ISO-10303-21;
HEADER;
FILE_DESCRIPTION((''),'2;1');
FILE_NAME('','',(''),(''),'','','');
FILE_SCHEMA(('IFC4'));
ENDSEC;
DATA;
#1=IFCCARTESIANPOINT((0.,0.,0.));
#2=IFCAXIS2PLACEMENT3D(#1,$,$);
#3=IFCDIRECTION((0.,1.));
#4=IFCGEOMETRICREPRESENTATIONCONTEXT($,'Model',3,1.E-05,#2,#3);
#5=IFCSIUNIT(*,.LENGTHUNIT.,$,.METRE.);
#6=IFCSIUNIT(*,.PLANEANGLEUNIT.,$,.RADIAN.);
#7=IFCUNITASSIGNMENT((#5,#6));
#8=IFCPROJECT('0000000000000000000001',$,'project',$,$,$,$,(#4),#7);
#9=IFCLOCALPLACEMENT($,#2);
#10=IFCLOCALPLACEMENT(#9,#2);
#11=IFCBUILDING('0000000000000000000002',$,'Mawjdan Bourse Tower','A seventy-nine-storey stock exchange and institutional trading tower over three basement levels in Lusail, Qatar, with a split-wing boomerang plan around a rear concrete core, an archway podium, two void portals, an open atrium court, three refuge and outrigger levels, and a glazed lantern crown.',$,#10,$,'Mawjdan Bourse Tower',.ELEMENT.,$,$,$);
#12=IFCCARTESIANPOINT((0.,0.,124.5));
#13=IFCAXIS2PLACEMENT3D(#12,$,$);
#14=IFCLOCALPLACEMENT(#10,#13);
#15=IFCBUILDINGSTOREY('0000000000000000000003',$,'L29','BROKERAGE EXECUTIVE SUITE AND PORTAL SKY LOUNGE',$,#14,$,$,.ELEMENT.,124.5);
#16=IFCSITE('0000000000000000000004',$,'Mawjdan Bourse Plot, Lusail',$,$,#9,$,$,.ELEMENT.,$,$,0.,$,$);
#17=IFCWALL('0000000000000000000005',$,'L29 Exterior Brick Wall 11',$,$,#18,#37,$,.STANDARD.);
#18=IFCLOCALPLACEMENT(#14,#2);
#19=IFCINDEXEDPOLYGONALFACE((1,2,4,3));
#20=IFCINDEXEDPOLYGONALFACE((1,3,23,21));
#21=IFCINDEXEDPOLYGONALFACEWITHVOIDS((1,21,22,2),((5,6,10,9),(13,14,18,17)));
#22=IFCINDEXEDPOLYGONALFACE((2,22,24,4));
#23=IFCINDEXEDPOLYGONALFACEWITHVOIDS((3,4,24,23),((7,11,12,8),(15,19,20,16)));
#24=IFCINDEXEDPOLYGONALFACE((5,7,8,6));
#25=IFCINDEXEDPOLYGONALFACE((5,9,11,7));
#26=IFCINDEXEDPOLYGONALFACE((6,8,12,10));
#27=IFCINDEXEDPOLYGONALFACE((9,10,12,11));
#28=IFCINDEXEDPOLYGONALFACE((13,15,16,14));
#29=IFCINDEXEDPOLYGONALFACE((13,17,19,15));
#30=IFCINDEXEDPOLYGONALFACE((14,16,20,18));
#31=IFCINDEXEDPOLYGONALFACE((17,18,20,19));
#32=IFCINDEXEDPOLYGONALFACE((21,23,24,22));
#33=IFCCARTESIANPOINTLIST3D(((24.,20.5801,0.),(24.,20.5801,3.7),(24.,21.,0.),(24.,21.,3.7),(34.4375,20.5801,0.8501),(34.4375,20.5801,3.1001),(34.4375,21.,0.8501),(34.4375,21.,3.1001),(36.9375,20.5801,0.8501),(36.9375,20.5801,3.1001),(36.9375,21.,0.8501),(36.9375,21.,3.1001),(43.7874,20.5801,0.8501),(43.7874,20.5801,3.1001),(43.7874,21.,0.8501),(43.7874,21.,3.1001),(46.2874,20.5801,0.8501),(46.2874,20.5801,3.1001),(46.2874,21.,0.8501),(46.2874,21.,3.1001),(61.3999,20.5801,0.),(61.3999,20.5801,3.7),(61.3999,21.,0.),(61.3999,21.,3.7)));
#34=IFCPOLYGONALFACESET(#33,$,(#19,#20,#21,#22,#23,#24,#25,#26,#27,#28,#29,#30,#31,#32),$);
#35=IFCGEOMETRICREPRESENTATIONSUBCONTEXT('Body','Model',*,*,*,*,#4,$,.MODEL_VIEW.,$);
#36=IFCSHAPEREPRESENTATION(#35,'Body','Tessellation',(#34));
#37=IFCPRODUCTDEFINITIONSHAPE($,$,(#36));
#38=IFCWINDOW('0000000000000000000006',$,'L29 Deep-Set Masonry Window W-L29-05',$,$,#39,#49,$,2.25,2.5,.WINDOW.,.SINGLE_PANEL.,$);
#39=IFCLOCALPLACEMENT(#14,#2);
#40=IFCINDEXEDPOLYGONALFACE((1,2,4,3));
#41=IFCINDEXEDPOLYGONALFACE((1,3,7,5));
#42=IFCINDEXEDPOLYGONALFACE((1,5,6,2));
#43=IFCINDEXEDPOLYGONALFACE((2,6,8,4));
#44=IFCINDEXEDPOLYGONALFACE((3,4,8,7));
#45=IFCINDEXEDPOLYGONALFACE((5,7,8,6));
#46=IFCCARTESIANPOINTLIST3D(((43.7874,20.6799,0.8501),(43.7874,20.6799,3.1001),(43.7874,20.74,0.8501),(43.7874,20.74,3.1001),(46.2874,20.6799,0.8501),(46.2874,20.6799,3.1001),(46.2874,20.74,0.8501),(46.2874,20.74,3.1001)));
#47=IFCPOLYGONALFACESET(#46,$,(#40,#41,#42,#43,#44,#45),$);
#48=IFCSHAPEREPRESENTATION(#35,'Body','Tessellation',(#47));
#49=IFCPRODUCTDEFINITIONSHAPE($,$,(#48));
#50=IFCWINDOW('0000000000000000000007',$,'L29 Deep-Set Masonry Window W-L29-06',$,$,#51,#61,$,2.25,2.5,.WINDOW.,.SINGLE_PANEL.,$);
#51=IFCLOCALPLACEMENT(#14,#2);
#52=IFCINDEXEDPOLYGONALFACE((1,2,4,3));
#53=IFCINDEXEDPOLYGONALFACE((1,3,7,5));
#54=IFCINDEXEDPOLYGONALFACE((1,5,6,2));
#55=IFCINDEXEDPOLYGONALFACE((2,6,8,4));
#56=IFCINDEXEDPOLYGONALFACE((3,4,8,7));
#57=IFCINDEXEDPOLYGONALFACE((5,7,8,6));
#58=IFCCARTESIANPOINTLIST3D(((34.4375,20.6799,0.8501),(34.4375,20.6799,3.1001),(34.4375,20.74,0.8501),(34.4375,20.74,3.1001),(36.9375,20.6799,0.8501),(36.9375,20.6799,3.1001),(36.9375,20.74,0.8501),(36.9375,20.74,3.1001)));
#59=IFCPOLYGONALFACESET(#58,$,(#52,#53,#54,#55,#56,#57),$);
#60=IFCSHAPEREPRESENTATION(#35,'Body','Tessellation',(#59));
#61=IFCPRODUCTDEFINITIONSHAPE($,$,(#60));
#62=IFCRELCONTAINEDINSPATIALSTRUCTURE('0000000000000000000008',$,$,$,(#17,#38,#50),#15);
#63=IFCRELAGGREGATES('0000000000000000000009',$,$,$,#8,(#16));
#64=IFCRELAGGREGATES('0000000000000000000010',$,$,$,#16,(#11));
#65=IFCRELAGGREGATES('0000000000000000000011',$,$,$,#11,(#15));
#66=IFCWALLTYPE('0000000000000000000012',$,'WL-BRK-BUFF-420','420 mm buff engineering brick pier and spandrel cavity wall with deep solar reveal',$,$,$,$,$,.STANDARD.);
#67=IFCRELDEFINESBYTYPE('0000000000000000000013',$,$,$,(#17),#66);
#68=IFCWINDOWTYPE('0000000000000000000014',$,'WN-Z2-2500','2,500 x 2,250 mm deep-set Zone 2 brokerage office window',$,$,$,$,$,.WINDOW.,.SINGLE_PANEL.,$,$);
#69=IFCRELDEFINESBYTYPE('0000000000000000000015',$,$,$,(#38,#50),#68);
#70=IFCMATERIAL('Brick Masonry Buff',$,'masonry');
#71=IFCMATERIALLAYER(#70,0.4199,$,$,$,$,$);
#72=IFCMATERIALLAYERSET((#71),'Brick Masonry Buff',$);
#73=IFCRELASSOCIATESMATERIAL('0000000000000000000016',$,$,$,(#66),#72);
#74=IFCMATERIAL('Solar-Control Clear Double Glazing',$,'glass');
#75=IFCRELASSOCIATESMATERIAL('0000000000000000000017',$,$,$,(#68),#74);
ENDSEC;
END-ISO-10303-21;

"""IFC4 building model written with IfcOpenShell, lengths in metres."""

from ifc_helpers import new_model, si_unit, direction, frame, frame_2d, origin, place, context, subcontext, project, spatial, rectangle, extrude, material, layer, layer_set, type_object, element, fill, save


model = new_model("IFC4")

# Units and contexts
model_context = context("Model", 3, precision=1e-05, world=origin(), true_north=direction((0.0, 1.0)))
body_context = subcontext(model_context, "Body", "Model", "MODEL_VIEW")
ifc_project = project(units=[si_unit("LENGTHUNIT", "METRE"), si_unit("PLANEANGLEUNIT", "RADIAN")], contexts=[model_context])

# Site, building, storey
site_placement = place(None, origin())
site = spatial("IfcSite", under=ifc_project, at=site_placement, Name="Mawjdan Bourse Plot, Lusail", CompositionType="ELEMENT", RefElevation=0.0)
building_placement = place(site_placement, origin())
building = spatial("IfcBuilding", under=site, at=building_placement, Name="Mawjdan Bourse Tower", Description="A seventy-nine-storey stock exchange and institutional trading tower over three basement levels in Lusail, Qatar, with a split-wing boomerang plan around a rear concrete core, an archway podium, two void portals, an open atrium court, three refuge and outrigger levels, and a glazed lantern crown.", LongName="Mawjdan Bourse Tower", CompositionType="ELEMENT")
storey_placement = place(building_placement, frame((0.0, 0.0, 124.5)))
storey = spatial("IfcBuildingStorey", under=building, at=storey_placement, Name="L29", Description="BROKERAGE EXECUTIVE SUITE AND PORTAL SKY LOUNGE", CompositionType="ELEMENT", Elevation=124.5)

# Shared definitions
ifc_material_1 = material(Name="Brick Masonry Buff", Category="masonry")
ifc_layer_1 = layer(ifc_material_1, 0.4199)
ifc_layer_set_1 = layer_set([ifc_layer_1], Name="Brick Masonry Buff")
wall_type_1 = type_object("IfcWallType", Name="WL-BRK-BUFF-420", Description="420 mm buff engineering brick pier and spandrel cavity wall with deep solar reveal", PredefinedType="STANDARD", material=ifc_layer_set_1)

# Wall, openings, windows
wall_1_placement = place(storey_placement, frame((61.3999, 20.79, 0.0), z_axis=(0.0, 0.0, 1.0), x_axis=(-1.0, 0.0, 0.0)))
wall_1 = element("IfcWall", 1, at=wall_1_placement, inside=storey, type_object=wall_type_1, Name="L29 Exterior Brick Wall 11", PredefinedType="STANDARD", context=body_context, shape_type="SweptSolid", body=[
    extrude(rectangle(XDim=37.3999, YDim=0.4199, at=frame_2d((18.7, 0.0))), origin(), (0.0, 0.0, 1.0), 3.7),
])
opening_1_placement = place(wall_1_placement, frame((15.1125, 0.0, 0.8501)))
opening_1 = element("IfcOpeningElement", 2, at=opening_1_placement, cuts=wall_1, PredefinedType="OPENING", context=body_context, shape_type="SweptSolid", body=[
    extrude(rectangle(XDim=2.5, YDim=2.25, at=frame_2d((1.25, 1.125))), frame((0.0, 0.22, 0.0), z_axis=(0.0, -1.0, 0.0), x_axis=(1.0, 0.0, 0.0)), (0.0, 0.0, 1.0), 0.4399),
])
opening_2_placement = place(wall_1_placement, frame((24.4624, 0.0, 0.8501)))
opening_2 = element("IfcOpeningElement", 3, at=opening_2_placement, cuts=wall_1, PredefinedType="OPENING", context=body_context, shape_type="SweptSolid", body=[
    extrude(rectangle(XDim=2.5, YDim=2.25, at=frame_2d((1.25, 1.125))), frame((0.0, 0.22, 0.0), z_axis=(0.0, -1.0, 0.0), x_axis=(1.0, 0.0, 0.0)), (0.0, 0.0, 1.0), 0.4399),
])
ifc_material_2 = material(Name="Solar-Control Clear Double Glazing", Category="glass")
window_type = type_object("IfcWindowType", Name="WN-Z2-2500", Description="2,500 x 2,250 mm deep-set Zone 2 brokerage office window", PartitioningType="SINGLE_PANEL", PredefinedType="WINDOW", material=ifc_material_2)
window_1_placement = place(opening_1_placement, origin())
window_1 = element("IfcWindow", 4, at=window_1_placement, inside=storey, type_object=window_type, Name="L29 Deep-Set Masonry Window W-L29-05", OverallHeight=2.25, OverallWidth=2.5, PartitioningType="SINGLE_PANEL", PredefinedType="WINDOW", context=body_context, shape_type="SweptSolid", body=[
    extrude(rectangle(XDim=2.5, YDim=2.25, at=frame_2d((1.25, 1.125))), frame((0.0, 0.1101, 0.0), z_axis=(0.0, -1.0, 0.0), x_axis=(1.0, 0.0, 0.0)), (0.0, 0.0, 1.0), 0.0601),
])
fill(opening_1, window_1)
window_2_placement = place(opening_2_placement, origin())
window_2 = element("IfcWindow", 5, at=window_2_placement, inside=storey, type_object=window_type, Name="L29 Deep-Set Masonry Window W-L29-06", OverallHeight=2.25, OverallWidth=2.5, PartitioningType="SINGLE_PANEL", PredefinedType="WINDOW", context=body_context, shape_type="SweptSolid", body=[
    extrude(rectangle(XDim=2.5, YDim=2.25, at=frame_2d((1.25, 1.125))), frame((0.0, 0.1101, 0.0), z_axis=(0.0, -1.0, 0.0), x_axis=(1.0, 0.0, 0.0)), (0.0, 0.0, 1.0), 0.0601),
])
fill(opening_2, window_2)

save(model, "model.ifc")
